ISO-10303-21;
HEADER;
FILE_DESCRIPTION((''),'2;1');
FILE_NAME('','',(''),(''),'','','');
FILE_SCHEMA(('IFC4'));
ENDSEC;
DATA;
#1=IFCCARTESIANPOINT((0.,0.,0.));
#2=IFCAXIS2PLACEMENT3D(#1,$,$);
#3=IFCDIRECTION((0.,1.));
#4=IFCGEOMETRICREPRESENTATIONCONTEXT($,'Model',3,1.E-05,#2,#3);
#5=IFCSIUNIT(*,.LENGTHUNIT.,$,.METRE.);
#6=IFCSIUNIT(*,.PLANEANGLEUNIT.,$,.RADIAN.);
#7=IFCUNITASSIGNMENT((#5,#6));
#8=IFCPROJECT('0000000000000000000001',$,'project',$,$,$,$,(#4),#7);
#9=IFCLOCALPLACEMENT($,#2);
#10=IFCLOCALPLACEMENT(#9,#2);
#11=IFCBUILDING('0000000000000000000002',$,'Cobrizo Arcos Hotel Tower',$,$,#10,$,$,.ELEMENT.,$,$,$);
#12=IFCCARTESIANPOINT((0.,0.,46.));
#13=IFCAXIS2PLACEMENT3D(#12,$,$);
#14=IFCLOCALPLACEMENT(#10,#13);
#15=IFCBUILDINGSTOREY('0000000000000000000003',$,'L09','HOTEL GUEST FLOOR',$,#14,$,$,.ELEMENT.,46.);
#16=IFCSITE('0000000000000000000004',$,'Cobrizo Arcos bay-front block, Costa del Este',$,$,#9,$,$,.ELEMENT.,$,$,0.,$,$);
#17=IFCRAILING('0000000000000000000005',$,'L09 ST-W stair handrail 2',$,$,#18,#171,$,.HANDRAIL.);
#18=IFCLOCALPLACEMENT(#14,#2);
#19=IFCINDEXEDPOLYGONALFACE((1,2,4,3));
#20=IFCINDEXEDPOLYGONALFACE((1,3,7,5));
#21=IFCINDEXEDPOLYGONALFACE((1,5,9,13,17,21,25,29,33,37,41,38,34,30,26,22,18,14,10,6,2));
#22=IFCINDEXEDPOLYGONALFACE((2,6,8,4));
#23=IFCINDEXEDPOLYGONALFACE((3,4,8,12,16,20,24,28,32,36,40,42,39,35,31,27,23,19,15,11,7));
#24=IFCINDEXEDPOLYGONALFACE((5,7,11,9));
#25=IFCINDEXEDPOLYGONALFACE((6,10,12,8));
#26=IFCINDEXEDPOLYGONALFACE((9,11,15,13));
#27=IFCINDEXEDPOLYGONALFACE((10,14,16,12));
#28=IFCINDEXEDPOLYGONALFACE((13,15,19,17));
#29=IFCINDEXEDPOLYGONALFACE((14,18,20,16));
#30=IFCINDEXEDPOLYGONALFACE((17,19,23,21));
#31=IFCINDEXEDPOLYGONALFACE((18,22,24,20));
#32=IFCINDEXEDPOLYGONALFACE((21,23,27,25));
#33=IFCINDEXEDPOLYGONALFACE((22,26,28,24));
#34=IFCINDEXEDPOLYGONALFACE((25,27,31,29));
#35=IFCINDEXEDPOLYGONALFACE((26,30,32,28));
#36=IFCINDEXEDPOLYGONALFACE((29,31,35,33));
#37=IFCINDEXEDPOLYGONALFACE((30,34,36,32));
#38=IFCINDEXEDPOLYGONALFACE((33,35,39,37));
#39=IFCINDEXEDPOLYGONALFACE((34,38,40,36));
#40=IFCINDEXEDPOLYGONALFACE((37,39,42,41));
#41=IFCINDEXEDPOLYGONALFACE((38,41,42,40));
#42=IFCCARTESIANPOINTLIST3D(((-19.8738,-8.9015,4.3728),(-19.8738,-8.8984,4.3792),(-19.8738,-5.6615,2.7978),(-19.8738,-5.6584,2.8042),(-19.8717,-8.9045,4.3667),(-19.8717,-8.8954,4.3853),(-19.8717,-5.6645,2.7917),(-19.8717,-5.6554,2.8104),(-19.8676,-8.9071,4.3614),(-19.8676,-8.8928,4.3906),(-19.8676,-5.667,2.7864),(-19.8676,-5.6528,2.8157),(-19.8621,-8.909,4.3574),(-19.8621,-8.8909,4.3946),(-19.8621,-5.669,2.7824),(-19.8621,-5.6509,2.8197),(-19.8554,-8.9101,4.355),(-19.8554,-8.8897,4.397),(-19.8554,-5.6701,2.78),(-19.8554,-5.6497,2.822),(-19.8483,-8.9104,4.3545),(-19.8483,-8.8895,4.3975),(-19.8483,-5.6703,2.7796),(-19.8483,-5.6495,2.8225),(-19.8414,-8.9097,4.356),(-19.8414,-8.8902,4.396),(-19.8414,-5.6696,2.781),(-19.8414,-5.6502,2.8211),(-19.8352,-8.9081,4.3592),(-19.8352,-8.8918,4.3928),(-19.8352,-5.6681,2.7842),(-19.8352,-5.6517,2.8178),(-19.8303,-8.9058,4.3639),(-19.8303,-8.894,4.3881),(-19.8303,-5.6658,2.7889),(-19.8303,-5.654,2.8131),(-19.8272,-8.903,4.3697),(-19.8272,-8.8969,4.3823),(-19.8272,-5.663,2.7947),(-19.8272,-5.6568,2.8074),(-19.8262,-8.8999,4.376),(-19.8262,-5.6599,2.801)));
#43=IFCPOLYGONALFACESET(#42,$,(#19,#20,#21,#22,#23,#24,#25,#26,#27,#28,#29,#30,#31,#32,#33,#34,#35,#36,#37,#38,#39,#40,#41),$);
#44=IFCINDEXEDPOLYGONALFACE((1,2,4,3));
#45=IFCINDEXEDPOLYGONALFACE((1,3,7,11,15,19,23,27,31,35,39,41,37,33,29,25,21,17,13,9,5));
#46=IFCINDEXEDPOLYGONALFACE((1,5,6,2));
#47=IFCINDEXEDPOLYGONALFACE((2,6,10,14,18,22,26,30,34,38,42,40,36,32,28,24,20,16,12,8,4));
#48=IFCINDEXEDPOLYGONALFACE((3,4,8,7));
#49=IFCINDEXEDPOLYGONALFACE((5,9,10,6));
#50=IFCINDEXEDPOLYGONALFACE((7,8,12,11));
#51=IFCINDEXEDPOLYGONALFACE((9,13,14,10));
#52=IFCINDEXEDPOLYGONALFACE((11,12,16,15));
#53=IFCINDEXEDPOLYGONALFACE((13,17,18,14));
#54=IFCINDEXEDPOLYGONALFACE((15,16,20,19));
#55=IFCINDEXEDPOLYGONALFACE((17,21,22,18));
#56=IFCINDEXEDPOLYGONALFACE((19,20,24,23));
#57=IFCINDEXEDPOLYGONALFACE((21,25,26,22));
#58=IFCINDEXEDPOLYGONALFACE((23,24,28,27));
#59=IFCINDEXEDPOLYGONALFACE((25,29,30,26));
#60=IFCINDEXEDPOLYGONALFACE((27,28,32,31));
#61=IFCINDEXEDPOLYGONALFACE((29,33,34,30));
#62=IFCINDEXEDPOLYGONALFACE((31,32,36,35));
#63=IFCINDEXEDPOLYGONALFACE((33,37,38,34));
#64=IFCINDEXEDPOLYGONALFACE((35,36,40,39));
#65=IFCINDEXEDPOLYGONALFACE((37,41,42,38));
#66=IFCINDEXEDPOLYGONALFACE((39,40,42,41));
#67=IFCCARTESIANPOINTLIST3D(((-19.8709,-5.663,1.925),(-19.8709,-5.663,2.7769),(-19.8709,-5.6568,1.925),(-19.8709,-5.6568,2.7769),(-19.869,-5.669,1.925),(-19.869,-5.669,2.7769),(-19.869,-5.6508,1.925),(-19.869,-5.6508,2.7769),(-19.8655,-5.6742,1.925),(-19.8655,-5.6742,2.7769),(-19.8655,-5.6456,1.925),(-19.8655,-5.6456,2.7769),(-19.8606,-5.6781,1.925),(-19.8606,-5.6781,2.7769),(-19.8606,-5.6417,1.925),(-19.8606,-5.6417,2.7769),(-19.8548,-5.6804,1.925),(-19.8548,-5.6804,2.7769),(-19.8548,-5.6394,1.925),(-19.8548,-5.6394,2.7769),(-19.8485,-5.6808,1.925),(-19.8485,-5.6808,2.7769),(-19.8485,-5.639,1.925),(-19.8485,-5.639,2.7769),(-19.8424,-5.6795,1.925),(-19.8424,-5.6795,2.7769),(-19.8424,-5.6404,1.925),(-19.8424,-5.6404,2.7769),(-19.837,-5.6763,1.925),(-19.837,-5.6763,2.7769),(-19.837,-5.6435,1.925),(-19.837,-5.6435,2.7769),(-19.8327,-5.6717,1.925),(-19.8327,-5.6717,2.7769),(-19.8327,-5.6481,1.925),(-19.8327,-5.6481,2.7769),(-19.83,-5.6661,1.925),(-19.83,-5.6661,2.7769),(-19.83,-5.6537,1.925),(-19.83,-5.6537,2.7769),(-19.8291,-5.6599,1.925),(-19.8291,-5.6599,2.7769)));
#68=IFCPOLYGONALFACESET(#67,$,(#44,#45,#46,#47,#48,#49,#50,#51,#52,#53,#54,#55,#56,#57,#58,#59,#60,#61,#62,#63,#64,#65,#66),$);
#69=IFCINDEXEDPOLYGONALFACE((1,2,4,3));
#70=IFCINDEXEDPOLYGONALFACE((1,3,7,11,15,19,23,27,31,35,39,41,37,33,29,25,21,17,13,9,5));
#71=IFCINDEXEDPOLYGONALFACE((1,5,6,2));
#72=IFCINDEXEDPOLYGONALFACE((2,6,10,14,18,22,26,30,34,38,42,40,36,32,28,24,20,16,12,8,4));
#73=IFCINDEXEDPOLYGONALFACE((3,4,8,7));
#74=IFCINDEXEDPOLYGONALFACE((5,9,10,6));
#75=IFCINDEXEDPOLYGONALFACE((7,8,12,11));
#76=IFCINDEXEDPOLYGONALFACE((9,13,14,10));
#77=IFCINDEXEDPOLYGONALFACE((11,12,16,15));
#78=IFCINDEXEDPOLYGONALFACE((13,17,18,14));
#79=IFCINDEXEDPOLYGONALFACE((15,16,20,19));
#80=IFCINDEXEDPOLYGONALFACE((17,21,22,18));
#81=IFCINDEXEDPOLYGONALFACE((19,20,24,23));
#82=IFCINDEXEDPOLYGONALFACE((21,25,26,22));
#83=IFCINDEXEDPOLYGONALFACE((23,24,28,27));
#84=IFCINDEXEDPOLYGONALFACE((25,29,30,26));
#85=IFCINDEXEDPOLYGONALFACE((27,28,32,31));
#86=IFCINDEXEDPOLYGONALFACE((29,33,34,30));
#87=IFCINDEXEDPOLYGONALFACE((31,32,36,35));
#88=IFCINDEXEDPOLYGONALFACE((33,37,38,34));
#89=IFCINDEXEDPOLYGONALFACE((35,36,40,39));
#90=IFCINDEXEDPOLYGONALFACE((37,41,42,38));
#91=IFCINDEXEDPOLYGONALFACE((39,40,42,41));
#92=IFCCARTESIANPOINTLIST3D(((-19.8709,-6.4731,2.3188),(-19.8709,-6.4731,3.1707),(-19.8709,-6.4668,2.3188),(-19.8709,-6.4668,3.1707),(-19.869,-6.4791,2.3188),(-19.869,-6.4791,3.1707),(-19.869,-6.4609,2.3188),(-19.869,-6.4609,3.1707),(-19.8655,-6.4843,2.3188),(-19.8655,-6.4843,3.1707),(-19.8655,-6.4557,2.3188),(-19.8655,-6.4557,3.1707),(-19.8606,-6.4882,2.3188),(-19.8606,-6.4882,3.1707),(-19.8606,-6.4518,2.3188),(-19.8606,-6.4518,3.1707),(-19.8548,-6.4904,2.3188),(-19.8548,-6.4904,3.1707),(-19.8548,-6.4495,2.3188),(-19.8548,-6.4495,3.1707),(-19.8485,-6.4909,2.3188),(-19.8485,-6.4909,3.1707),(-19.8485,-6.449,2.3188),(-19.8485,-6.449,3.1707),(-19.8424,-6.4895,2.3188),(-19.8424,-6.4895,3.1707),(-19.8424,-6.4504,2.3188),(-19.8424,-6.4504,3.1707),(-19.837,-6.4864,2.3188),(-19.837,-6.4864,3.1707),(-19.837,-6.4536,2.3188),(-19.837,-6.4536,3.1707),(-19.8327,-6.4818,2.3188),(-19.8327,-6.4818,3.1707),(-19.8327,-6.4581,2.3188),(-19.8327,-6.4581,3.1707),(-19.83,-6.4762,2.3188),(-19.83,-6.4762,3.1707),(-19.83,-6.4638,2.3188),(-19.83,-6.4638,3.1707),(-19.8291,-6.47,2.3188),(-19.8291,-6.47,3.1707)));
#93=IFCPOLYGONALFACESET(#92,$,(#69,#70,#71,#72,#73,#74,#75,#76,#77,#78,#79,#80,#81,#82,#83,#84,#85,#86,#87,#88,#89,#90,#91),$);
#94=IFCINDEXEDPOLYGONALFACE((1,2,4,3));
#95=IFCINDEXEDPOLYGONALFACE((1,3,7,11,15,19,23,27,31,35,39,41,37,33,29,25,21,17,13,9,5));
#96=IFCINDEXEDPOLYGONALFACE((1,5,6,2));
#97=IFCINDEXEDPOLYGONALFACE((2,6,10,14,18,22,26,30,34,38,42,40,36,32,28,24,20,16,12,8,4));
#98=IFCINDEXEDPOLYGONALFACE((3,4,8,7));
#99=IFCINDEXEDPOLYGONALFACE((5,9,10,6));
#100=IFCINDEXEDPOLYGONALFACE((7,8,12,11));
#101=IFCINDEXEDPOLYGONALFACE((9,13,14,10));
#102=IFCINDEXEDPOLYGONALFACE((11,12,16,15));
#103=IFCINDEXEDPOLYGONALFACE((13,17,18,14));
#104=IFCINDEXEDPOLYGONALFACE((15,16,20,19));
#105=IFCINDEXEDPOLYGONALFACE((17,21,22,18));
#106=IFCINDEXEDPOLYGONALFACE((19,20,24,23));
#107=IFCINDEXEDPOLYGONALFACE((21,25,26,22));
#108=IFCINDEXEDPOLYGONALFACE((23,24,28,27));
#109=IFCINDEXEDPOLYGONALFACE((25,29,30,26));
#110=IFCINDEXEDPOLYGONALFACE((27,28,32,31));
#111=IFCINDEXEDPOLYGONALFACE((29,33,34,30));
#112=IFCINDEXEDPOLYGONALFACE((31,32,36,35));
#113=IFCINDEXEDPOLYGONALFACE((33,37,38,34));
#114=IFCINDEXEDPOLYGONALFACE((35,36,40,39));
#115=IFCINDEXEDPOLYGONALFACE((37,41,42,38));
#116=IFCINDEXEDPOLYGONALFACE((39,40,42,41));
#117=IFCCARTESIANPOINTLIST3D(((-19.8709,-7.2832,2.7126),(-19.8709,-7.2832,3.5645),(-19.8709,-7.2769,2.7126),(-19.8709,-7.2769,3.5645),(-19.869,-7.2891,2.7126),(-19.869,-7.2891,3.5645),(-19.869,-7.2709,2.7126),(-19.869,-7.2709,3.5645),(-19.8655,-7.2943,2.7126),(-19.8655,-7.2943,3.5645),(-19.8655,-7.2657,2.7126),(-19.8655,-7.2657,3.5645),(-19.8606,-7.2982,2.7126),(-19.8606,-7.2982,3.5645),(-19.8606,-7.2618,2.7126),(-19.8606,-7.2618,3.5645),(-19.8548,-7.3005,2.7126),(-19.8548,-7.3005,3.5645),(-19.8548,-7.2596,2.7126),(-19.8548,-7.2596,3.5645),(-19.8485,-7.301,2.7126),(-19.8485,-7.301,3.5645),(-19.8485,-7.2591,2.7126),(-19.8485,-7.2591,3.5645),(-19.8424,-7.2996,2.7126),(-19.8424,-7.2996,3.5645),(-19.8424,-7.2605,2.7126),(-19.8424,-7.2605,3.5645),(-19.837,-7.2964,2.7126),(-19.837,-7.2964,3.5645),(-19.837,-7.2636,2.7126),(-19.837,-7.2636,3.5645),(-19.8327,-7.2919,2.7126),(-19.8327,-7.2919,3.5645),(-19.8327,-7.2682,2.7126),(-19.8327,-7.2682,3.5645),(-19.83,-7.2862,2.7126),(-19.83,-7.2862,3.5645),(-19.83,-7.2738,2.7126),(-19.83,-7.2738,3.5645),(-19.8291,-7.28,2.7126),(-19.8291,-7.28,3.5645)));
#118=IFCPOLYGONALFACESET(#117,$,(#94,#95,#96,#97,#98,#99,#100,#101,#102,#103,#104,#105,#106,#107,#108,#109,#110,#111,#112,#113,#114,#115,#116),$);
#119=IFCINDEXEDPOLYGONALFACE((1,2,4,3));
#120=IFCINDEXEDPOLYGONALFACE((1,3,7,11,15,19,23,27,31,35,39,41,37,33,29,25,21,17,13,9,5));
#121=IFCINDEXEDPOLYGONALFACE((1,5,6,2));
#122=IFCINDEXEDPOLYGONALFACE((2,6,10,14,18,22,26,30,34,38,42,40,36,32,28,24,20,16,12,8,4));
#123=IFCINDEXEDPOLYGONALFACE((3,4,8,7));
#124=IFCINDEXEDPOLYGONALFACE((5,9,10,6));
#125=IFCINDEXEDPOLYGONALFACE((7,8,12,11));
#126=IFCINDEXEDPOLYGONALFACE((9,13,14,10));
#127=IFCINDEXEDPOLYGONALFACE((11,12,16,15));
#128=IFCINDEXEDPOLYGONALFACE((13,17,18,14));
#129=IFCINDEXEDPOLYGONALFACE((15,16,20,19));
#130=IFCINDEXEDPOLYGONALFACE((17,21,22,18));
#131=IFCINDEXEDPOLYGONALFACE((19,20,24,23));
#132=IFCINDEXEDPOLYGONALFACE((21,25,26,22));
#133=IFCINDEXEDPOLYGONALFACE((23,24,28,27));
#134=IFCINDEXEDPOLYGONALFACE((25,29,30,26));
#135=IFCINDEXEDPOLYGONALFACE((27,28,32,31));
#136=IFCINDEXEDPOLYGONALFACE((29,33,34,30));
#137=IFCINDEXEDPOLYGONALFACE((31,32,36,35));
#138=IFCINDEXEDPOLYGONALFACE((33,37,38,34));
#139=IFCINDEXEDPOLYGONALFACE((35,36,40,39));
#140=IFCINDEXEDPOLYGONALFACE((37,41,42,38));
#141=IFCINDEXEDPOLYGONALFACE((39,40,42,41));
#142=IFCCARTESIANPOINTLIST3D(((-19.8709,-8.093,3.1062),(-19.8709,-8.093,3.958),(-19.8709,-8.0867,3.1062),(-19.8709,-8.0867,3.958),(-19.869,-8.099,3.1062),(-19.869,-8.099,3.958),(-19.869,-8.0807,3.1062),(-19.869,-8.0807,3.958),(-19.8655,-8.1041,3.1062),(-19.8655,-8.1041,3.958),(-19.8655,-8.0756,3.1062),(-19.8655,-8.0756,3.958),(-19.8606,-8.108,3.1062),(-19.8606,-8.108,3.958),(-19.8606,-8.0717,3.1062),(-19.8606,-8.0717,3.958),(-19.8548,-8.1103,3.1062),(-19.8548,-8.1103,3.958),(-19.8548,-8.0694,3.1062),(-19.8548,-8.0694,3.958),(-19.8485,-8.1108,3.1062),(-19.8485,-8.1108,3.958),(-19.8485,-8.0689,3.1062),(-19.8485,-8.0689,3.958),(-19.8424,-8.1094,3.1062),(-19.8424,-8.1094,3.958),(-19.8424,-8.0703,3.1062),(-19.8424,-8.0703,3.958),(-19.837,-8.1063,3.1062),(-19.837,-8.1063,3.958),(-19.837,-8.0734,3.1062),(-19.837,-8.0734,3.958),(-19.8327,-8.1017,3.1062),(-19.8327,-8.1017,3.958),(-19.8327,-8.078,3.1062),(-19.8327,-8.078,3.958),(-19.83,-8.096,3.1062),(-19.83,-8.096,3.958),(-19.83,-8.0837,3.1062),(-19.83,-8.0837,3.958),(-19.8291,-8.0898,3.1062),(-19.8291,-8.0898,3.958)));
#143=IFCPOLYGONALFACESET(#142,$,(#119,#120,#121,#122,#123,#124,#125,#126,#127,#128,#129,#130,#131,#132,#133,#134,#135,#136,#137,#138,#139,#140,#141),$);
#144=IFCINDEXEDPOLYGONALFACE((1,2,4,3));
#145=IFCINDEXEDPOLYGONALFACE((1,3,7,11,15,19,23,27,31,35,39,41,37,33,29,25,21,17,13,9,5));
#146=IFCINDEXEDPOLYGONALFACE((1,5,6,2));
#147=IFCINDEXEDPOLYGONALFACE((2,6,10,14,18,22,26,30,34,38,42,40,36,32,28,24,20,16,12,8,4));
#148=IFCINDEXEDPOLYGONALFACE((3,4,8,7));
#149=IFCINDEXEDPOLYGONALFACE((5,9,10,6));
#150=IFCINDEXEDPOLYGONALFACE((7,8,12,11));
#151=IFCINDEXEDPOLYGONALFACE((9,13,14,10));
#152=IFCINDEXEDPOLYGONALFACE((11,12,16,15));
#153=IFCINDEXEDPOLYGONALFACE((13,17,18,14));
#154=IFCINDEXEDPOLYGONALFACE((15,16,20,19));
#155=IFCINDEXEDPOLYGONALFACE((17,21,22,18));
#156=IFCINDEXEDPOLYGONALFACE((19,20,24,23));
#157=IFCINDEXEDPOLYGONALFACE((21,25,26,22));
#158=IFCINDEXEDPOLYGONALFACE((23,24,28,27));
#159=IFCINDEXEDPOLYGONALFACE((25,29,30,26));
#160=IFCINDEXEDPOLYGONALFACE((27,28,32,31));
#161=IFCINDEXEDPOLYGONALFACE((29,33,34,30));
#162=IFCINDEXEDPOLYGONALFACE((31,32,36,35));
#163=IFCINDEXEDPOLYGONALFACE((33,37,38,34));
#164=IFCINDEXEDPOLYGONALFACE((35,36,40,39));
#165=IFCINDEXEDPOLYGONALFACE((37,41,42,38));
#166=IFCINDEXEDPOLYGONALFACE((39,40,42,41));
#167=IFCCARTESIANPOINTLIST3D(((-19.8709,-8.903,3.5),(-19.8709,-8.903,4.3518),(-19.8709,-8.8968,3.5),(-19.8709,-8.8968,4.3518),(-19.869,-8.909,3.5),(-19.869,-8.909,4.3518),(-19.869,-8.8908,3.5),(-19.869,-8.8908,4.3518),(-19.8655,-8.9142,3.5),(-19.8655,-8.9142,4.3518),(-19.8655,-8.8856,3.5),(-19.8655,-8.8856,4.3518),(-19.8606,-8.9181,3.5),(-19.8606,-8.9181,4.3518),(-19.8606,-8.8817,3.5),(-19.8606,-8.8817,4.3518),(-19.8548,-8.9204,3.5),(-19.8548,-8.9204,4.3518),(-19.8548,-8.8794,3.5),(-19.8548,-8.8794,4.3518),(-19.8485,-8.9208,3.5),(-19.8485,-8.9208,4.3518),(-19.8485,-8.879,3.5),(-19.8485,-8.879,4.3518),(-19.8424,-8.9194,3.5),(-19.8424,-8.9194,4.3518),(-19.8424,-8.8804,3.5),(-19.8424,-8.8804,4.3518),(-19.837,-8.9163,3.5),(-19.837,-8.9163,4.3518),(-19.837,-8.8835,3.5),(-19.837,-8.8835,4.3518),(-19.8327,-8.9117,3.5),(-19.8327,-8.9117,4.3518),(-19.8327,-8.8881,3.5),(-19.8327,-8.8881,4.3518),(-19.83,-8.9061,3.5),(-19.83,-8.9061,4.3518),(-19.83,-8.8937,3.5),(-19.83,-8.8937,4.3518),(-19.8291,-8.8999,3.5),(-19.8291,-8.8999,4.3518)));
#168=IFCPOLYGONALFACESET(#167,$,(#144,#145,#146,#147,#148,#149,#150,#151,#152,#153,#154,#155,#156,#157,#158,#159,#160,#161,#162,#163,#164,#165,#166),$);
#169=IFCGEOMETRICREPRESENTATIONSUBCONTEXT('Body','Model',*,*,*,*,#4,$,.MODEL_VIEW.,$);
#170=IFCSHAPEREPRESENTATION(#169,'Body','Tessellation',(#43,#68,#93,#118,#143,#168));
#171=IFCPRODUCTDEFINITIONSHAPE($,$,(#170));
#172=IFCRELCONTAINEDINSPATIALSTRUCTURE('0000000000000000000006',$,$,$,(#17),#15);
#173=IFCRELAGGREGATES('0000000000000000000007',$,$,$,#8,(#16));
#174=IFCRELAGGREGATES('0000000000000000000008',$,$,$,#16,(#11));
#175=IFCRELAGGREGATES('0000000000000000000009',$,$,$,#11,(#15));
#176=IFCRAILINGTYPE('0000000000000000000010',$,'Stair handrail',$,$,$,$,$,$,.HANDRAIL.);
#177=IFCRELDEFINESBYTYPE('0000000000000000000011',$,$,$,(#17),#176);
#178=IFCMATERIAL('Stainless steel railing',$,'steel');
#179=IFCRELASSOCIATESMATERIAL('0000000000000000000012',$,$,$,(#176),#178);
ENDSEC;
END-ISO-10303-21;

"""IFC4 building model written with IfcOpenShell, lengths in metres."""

from ifc_helpers import new_model, si_unit, direction, frame, origin, origin_2d, place, context, subcontext, project, spatial, circle, extrude, material, type_object, element, save


model = new_model("IFC4")

# Units and contexts
model_context = context("Model", 3, precision=1e-05, world=origin(), true_north=direction((0.0, 1.0)))
body_context = subcontext(model_context, "Body", "Model", "MODEL_VIEW")
ifc_project = project(units=[si_unit("LENGTHUNIT", "METRE"), si_unit("PLANEANGLEUNIT", "RADIAN")], contexts=[model_context])

# Site, building, storey
site_placement = place(None, origin())
site = spatial("IfcSite", under=ifc_project, at=site_placement, Name="Cobrizo Arcos bay-front block, Costa del Este", CompositionType="ELEMENT", RefElevation=0.0)
building_placement = place(site_placement, origin())
building = spatial("IfcBuilding", under=site, at=building_placement, Name="Cobrizo Arcos Hotel Tower", CompositionType="ELEMENT")
storey_placement = place(building_placement, frame((0.0, 0.0, 46.0)))
storey = spatial("IfcBuildingStorey", under=building, at=storey_placement, Name="L09", Description="HOTEL GUEST FLOOR", CompositionType="ELEMENT", Elevation=46.0)

# Railing
ifc_material_1 = material(Name="Stainless steel railing", Category="steel")
railing_type_1 = type_object("IfcRailingType", Name="Stair handrail", PredefinedType="HANDRAIL", material=ifc_material_1)
railing_1_placement = place(storey_placement, frame((-19.8501, -5.6599, 1.925)))
element("IfcRailing", 1, at=railing_1_placement, inside=storey, type_object=railing_type_1, Name="L09 ST-W stair handrail 2", PredefinedType="HANDRAIL", context=body_context, shape_type="SweptSolid", body=[
    extrude(circle(Radius=0.0239, at=origin_2d()), frame((0.0, 0.0, 0.876), z_axis=(0.0, -0.899373, 0.437183), x_axis=(1.0, 0.0, 0.0)), (0.0, 0.0, 1.0), 3.6025),
    extrude(circle(Radius=0.021, at=origin_2d()), origin(), (0.0, 0.0, 1.0), 0.8518),
    extrude(circle(Radius=0.021, at=origin_2d()), frame((0.0, -0.8101, 0.3938)), (0.0, 0.0, 1.0), 0.8518),
    extrude(circle(Radius=0.021, at=origin_2d()), frame((0.0, -1.6201, 0.7876)), (0.0, 0.0, 1.0), 0.8518),
    extrude(circle(Radius=0.021, at=origin_2d()), frame((0.0, -2.4299, 1.1812)), (0.0, 0.0, 1.0), 0.8518),
    extrude(circle(Radius=0.021, at=origin_2d()), frame((0.0, -3.24, 1.575)), (0.0, 0.0, 1.0), 0.8518),
])

save(model, "model.ifc")
